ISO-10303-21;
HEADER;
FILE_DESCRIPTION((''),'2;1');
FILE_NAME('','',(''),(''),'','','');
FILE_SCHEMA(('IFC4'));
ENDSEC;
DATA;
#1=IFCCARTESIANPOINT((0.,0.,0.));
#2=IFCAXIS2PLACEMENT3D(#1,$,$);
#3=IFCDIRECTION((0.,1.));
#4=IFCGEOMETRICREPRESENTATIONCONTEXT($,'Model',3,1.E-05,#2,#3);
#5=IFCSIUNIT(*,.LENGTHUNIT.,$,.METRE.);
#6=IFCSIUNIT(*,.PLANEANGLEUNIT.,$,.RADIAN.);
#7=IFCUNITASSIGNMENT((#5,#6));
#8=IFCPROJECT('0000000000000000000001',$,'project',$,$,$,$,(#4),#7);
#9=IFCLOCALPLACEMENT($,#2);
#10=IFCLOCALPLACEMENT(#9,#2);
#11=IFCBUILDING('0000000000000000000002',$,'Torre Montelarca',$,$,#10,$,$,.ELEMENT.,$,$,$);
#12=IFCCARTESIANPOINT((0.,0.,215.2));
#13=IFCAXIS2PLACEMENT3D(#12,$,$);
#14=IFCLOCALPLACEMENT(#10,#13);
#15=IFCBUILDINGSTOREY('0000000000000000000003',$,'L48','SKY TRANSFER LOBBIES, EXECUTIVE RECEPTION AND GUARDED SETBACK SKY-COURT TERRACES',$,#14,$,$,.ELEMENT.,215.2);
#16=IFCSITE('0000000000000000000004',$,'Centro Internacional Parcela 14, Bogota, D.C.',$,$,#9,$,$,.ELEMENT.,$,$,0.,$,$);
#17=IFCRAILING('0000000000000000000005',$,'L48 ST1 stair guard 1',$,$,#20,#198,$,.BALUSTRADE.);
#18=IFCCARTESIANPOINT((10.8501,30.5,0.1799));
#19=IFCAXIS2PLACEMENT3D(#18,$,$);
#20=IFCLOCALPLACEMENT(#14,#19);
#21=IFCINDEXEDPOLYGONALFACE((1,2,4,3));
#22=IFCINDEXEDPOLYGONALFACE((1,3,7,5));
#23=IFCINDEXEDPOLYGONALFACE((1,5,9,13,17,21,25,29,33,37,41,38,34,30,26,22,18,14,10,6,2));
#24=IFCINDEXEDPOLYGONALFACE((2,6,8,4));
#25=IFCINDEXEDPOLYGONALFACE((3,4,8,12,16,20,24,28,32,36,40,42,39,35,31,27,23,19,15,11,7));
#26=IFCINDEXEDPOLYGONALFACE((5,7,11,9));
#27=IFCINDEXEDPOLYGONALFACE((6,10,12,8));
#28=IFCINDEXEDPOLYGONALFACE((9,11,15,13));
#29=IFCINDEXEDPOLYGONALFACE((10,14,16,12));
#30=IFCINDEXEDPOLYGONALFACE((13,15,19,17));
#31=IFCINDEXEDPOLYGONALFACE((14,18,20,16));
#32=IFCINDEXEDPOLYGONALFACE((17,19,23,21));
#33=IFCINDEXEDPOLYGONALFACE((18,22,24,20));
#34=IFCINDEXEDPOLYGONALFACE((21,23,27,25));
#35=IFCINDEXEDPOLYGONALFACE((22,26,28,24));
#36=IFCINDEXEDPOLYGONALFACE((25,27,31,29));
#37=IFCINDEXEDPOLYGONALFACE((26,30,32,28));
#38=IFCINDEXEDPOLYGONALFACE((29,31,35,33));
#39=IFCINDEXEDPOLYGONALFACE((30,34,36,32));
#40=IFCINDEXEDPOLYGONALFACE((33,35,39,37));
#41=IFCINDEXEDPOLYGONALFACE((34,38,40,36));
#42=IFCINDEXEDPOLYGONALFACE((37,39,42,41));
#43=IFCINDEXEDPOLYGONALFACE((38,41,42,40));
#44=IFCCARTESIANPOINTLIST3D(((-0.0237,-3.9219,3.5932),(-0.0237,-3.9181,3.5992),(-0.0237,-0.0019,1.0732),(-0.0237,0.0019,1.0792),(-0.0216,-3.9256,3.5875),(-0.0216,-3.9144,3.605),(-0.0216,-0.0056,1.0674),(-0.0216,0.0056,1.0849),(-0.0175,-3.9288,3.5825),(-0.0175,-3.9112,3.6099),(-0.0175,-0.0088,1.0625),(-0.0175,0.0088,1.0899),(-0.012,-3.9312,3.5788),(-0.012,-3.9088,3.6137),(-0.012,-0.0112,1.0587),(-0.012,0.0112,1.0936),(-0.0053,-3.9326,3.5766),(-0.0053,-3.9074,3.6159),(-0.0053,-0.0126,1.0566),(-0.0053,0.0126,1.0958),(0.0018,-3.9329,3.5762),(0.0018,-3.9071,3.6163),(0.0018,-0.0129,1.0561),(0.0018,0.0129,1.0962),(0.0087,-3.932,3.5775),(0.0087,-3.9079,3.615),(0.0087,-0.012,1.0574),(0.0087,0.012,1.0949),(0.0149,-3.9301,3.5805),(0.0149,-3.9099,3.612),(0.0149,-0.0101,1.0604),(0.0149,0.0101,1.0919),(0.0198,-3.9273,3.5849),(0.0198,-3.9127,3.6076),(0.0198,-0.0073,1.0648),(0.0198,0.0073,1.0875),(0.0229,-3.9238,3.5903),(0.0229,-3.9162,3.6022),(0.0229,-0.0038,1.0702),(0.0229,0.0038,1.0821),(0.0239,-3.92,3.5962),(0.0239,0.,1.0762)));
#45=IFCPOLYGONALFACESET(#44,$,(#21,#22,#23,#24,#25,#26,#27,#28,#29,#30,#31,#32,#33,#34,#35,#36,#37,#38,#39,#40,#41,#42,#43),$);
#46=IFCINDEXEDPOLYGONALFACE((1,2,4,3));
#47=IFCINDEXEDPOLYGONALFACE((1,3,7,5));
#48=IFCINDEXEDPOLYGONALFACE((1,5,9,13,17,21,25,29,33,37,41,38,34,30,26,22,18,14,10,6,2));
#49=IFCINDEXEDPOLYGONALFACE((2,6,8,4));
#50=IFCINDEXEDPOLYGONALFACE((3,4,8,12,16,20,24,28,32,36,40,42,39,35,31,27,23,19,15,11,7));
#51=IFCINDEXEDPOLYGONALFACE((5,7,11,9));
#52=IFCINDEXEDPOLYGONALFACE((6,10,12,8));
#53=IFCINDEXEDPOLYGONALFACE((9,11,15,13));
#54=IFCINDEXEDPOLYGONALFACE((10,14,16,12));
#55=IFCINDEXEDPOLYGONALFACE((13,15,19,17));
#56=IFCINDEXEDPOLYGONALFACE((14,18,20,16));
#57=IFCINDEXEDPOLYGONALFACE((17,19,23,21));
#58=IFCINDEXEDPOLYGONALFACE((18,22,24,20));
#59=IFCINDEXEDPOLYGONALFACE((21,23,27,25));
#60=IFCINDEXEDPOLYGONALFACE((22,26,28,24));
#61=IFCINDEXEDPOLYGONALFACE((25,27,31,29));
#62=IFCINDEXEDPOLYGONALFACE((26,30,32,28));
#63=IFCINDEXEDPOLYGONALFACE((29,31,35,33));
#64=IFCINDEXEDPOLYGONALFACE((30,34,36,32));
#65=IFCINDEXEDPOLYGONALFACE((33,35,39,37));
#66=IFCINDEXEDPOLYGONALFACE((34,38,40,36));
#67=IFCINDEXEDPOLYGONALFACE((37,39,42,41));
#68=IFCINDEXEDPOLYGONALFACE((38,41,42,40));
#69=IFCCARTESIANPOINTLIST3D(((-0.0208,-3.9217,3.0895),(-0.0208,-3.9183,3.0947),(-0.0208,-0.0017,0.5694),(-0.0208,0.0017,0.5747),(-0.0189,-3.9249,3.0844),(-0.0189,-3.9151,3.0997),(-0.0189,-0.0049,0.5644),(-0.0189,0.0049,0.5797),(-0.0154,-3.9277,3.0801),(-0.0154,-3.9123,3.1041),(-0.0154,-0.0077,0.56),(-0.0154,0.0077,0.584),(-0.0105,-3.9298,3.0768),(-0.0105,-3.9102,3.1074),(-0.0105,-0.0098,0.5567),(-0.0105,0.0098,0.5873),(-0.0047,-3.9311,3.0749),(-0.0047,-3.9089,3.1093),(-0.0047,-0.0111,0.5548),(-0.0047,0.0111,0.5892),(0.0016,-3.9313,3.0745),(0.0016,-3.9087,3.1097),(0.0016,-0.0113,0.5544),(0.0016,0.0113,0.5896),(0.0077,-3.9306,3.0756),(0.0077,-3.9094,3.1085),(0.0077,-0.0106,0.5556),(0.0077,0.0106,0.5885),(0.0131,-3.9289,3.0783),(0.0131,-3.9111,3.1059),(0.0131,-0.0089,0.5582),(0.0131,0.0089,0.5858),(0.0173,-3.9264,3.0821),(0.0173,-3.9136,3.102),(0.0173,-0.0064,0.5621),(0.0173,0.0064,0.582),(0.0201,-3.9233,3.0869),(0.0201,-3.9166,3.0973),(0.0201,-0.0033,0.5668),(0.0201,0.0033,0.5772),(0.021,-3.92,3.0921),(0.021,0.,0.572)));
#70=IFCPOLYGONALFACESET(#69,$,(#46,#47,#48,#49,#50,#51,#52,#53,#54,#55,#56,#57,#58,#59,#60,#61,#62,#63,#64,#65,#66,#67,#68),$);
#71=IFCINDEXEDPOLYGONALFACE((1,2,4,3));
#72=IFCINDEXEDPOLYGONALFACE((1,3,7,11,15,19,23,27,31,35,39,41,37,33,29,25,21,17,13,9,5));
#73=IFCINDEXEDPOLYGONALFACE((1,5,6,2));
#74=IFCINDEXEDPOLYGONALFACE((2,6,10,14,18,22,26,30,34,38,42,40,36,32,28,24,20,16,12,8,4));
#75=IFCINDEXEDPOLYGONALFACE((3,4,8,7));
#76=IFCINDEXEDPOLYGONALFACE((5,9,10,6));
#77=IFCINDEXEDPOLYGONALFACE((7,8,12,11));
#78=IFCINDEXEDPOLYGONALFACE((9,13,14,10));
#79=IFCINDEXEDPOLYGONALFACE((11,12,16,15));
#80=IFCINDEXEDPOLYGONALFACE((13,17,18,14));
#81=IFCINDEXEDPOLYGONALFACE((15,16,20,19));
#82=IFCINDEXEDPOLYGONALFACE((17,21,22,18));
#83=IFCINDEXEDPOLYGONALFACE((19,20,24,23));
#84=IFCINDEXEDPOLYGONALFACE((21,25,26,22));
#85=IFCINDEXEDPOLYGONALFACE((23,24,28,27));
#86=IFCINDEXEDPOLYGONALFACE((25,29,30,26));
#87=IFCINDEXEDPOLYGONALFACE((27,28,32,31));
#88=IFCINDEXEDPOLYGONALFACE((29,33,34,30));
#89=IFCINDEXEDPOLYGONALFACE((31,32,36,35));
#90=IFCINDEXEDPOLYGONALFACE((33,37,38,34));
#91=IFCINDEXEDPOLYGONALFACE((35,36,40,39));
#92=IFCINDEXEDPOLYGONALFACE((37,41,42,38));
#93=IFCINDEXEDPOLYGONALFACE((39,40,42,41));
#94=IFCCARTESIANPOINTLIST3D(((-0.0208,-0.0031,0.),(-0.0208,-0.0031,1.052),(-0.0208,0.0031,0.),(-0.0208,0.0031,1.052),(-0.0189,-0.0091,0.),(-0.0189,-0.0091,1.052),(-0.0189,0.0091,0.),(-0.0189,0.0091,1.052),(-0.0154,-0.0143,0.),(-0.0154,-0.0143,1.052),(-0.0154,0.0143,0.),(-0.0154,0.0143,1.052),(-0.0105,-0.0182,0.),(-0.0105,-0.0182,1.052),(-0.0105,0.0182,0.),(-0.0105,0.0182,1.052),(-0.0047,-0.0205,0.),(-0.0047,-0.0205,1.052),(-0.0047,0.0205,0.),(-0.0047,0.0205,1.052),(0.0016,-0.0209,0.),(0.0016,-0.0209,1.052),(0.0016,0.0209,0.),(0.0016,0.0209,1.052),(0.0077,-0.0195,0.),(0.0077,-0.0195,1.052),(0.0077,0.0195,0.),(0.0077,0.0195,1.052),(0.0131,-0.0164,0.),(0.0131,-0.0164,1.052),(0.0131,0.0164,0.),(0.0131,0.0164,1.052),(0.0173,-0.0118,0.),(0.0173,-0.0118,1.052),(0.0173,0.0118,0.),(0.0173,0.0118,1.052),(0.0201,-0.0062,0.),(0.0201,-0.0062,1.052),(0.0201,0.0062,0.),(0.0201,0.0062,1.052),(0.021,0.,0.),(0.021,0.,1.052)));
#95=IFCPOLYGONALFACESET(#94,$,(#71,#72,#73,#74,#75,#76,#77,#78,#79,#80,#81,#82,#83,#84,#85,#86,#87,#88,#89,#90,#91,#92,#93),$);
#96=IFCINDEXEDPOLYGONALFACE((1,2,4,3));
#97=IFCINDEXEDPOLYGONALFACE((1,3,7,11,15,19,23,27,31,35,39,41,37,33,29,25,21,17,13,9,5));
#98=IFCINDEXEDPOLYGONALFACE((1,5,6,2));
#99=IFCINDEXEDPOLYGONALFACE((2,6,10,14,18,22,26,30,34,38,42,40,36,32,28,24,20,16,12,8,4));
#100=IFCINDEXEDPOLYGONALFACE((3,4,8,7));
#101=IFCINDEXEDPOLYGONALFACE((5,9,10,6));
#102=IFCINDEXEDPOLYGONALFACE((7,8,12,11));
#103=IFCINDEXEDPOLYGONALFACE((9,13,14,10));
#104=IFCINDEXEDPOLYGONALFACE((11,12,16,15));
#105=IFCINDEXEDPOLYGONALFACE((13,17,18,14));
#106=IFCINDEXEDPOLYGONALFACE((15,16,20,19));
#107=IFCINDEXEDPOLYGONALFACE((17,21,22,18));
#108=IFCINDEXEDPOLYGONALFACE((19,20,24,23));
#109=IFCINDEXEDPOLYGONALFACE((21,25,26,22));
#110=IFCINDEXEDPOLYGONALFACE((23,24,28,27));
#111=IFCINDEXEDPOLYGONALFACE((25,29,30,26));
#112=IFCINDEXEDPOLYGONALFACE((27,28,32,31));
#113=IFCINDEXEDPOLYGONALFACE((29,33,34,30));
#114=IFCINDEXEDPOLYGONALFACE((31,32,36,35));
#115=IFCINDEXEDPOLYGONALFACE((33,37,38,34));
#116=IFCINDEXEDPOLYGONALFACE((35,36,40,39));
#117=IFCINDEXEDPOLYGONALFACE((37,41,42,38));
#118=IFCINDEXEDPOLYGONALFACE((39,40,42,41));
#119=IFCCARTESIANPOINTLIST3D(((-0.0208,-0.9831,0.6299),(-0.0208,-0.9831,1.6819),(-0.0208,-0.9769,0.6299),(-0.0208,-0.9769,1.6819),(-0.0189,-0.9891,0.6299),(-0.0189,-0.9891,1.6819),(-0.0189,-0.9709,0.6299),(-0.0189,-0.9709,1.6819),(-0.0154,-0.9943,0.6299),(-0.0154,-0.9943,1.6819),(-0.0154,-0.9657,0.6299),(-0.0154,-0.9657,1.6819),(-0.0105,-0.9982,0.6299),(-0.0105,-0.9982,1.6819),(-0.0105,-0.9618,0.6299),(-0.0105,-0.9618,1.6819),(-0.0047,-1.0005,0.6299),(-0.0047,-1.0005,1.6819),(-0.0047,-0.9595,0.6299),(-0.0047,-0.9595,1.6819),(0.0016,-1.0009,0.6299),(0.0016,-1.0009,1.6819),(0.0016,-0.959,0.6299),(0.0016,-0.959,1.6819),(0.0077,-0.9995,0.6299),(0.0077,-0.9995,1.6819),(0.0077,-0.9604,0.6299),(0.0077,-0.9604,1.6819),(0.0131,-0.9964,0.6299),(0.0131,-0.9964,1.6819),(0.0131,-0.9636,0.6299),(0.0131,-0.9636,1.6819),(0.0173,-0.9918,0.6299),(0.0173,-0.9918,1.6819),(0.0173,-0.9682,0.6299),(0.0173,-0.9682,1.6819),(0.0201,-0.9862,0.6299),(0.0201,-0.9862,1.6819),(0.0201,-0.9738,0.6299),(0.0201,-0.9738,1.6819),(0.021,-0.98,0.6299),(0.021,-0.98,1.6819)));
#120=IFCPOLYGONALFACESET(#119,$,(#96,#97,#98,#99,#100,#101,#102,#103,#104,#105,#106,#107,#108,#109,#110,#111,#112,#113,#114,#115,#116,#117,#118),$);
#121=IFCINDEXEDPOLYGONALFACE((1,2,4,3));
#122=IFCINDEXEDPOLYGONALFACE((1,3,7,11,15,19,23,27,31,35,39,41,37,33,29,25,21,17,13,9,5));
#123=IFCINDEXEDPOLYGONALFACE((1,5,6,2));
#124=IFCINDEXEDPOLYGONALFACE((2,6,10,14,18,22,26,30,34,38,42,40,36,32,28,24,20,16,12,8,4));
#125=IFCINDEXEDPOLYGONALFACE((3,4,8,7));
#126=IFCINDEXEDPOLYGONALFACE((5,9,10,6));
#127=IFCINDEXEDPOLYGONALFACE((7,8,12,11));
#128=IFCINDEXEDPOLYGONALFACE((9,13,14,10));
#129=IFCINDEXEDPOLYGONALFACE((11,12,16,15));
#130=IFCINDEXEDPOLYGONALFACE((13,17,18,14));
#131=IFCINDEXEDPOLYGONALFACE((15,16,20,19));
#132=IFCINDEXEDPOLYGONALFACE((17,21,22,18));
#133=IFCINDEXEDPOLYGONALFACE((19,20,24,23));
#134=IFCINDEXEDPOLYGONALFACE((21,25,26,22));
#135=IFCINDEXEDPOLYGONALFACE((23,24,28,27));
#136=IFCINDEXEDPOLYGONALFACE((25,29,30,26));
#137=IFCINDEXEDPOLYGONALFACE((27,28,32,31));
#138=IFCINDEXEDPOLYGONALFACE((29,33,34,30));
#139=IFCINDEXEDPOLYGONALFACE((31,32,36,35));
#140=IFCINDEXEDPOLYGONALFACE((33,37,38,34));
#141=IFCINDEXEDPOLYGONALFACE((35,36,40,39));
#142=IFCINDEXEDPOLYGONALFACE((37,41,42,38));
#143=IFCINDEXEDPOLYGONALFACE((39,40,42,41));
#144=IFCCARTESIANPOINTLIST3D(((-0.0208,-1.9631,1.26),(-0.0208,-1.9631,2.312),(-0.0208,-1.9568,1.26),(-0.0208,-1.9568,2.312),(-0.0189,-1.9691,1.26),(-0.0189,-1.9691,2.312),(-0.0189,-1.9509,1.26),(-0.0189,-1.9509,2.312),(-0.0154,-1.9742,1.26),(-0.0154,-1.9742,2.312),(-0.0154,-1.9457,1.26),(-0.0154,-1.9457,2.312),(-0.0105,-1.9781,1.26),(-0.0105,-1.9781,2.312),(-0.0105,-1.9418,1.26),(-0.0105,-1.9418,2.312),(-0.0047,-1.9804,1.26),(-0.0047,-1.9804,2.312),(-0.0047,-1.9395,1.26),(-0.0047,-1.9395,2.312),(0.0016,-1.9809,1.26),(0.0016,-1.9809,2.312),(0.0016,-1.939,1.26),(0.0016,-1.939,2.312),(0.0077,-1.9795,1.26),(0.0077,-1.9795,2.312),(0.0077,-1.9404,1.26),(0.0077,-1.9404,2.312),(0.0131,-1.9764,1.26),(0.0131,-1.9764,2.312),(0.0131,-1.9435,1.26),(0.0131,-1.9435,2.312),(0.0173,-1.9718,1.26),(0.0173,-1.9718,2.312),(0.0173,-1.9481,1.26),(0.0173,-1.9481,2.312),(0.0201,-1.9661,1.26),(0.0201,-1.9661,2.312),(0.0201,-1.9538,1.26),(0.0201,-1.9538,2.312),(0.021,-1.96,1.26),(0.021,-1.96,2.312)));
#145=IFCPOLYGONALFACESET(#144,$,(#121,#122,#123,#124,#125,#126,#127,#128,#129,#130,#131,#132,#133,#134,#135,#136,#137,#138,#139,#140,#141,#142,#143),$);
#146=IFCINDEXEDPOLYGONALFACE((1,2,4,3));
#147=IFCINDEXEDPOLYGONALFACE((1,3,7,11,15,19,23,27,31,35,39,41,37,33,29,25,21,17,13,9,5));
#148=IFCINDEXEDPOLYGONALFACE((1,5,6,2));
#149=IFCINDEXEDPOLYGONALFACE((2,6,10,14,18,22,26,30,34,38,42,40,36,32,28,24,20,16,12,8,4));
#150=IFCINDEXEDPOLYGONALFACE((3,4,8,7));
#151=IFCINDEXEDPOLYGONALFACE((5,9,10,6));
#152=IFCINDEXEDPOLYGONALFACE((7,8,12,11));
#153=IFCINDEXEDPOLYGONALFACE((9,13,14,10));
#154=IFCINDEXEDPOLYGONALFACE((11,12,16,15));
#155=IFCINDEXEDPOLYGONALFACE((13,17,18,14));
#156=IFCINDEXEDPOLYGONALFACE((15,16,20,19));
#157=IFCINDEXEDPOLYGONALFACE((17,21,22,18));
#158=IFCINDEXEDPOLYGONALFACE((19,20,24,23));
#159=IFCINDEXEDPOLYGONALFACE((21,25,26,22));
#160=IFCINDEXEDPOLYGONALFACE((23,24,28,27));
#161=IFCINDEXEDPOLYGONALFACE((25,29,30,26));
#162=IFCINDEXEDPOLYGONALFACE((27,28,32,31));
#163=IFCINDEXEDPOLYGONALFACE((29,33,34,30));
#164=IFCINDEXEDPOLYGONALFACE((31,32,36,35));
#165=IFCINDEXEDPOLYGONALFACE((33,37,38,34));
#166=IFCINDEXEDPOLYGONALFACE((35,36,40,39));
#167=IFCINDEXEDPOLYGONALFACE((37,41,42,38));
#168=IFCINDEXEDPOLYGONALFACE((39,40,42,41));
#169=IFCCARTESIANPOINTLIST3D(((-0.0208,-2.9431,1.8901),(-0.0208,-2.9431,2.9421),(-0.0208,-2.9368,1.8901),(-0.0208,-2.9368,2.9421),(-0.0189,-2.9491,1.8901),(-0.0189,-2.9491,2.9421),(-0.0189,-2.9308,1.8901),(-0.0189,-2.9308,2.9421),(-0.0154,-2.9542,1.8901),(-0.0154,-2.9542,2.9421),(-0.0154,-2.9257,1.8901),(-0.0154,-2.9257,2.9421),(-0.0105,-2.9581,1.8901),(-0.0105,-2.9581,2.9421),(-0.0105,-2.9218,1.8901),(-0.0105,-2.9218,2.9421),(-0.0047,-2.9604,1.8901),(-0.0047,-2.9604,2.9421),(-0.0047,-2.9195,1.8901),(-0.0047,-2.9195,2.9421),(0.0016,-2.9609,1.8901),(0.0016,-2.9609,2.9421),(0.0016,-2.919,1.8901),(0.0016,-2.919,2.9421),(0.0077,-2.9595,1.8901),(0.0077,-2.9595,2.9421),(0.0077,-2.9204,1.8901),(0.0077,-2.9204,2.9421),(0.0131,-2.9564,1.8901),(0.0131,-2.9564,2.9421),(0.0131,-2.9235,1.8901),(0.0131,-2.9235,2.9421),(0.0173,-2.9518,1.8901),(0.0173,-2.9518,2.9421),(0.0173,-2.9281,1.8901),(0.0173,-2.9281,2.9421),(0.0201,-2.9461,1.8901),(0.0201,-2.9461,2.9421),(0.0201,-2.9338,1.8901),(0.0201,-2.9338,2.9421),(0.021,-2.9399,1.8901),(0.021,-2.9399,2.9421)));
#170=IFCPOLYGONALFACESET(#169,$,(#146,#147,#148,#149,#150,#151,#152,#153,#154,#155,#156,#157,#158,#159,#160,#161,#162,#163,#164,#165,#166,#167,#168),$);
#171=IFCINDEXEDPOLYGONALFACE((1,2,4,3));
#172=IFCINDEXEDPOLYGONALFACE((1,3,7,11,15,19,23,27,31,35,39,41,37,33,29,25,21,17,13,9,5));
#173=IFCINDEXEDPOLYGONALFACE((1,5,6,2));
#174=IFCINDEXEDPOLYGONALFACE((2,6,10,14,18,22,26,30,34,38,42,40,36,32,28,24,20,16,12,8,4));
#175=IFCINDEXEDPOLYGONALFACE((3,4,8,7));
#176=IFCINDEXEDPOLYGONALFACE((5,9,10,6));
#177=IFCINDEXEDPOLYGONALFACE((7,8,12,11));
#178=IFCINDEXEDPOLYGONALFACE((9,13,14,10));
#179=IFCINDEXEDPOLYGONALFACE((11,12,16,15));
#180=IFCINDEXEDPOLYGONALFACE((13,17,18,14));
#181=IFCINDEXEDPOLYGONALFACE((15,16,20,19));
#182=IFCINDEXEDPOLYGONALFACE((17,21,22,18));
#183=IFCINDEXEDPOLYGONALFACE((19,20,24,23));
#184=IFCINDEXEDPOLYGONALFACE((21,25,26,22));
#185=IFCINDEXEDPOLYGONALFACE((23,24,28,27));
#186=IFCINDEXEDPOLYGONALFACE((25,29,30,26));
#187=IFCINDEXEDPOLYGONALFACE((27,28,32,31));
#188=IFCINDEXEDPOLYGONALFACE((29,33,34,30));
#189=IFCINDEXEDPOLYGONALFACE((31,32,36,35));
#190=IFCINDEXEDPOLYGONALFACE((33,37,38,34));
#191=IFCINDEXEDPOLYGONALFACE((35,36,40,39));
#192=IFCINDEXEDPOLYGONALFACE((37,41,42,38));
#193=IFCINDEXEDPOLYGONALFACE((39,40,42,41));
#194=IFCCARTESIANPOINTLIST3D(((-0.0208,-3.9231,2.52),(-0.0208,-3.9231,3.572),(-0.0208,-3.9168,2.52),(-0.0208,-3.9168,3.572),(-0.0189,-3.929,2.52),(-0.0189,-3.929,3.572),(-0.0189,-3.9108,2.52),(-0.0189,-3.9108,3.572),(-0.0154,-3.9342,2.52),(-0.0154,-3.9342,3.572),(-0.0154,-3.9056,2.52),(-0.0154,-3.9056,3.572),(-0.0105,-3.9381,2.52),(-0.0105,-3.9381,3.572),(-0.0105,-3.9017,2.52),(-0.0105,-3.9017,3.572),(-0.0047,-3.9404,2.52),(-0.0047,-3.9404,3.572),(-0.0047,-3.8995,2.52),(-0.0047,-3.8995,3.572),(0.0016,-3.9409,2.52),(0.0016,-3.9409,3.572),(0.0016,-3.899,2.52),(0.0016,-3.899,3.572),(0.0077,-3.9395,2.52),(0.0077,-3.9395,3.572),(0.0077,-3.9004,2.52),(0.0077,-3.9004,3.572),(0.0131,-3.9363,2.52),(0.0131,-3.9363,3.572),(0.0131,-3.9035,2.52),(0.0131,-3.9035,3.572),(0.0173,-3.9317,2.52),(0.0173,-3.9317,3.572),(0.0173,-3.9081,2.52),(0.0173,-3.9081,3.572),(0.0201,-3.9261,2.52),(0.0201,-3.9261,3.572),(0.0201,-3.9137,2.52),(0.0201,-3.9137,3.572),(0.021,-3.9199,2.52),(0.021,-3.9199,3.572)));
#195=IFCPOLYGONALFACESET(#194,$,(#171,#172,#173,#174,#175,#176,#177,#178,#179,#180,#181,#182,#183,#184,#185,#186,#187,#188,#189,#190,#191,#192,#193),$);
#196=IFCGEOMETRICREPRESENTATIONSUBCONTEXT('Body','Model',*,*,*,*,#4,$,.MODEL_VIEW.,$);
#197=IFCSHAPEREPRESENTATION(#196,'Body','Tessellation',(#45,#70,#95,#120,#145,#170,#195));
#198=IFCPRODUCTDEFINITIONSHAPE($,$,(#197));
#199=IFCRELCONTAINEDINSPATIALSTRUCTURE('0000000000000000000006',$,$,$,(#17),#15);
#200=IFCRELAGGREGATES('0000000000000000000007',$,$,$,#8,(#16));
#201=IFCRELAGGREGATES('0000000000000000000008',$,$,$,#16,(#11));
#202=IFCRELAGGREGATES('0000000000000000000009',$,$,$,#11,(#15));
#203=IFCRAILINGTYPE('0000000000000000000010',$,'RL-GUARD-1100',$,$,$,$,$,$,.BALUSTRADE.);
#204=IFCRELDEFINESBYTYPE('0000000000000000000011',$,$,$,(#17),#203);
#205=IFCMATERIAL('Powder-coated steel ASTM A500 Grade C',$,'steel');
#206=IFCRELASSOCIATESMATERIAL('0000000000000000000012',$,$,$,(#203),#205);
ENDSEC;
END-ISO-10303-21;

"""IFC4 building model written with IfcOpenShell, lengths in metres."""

from ifc_helpers import new_model, si_unit, direction, frame, origin, origin_2d, place, context, subcontext, project, spatial, circle, extrude, material, type_object, element, save


model = new_model("IFC4")

# Units and contexts
model_context = context("Model", 3, precision=1e-05, world=origin(), true_north=direction((0.0, 1.0)))
body_context = subcontext(model_context, "Body", "Model", "MODEL_VIEW")
ifc_project = project(units=[si_unit("LENGTHUNIT", "METRE"), si_unit("PLANEANGLEUNIT", "RADIAN")], contexts=[model_context])

# Site, building, storey
site_placement = place(None, origin())
site = spatial("IfcSite", under=ifc_project, at=site_placement, Name="Centro Internacional Parcela 14, Bogota, D.C.", CompositionType="ELEMENT", RefElevation=0.0)
building_placement = place(site_placement, origin())
building = spatial("IfcBuilding", under=site, at=building_placement, Name="Torre Montelarca", CompositionType="ELEMENT")
storey_placement = place(building_placement, frame((0.0, 0.0, 215.2)))
storey = spatial("IfcBuildingStorey", under=building, at=storey_placement, Name="L48", Description="SKY TRANSFER LOBBIES, EXECUTIVE RECEPTION AND GUARDED SETBACK SKY-COURT TERRACES", CompositionType="ELEMENT", Elevation=215.2)

# Railing
ifc_material_1 = material(Name="Powder-coated steel ASTM A500 Grade C", Category="steel")
railing_type_1 = type_object("IfcRailingType", Name="RL-GUARD-1100", PredefinedType="BALUSTRADE", material=ifc_material_1)
railing_1_placement = place(storey_placement, frame((10.8501, 30.5, 0.1799)))
element("IfcRailing", 1, at=railing_1_placement, inside=storey, type_object=railing_type_1, Name="L48 ST1 stair guard 1", PredefinedType="BALUSTRADE", context=body_context, shape_type="SweptSolid", body=[
    extrude(circle(Radius=0.0239, at=origin_2d()), frame((0.0, 0.0, 1.0762), z_axis=(0.0, -0.841172, 0.540768), x_axis=(1.0, 0.0, 0.0)), (0.0, 0.0, 1.0), 4.6602),
    extrude(circle(Radius=0.021, at=origin_2d()), frame((0.0, 0.0, 0.572), z_axis=(0.0, -0.841172, 0.540768), x_axis=(1.0, 0.0, 0.0)), (0.0, 0.0, 1.0), 4.6602),
    extrude(circle(Radius=0.021, at=origin_2d()), origin(), (0.0, 0.0, 1.0), 1.052),
    extrude(circle(Radius=0.021, at=origin_2d()), frame((0.0, -0.98, 0.6299)), (0.0, 0.0, 1.0), 1.052),
    extrude(circle(Radius=0.021, at=origin_2d()), frame((0.0, -1.96, 1.26)), (0.0, 0.0, 1.0), 1.052),
    extrude(circle(Radius=0.021, at=origin_2d()), frame((0.0, -2.9399, 1.8901)), (0.0, 0.0, 1.0), 1.052),
    extrude(circle(Radius=0.021, at=origin_2d()), frame((0.0, -3.9199, 2.52)), (0.0, 0.0, 1.0), 1.052),
])

save(model, "model.ifc")
